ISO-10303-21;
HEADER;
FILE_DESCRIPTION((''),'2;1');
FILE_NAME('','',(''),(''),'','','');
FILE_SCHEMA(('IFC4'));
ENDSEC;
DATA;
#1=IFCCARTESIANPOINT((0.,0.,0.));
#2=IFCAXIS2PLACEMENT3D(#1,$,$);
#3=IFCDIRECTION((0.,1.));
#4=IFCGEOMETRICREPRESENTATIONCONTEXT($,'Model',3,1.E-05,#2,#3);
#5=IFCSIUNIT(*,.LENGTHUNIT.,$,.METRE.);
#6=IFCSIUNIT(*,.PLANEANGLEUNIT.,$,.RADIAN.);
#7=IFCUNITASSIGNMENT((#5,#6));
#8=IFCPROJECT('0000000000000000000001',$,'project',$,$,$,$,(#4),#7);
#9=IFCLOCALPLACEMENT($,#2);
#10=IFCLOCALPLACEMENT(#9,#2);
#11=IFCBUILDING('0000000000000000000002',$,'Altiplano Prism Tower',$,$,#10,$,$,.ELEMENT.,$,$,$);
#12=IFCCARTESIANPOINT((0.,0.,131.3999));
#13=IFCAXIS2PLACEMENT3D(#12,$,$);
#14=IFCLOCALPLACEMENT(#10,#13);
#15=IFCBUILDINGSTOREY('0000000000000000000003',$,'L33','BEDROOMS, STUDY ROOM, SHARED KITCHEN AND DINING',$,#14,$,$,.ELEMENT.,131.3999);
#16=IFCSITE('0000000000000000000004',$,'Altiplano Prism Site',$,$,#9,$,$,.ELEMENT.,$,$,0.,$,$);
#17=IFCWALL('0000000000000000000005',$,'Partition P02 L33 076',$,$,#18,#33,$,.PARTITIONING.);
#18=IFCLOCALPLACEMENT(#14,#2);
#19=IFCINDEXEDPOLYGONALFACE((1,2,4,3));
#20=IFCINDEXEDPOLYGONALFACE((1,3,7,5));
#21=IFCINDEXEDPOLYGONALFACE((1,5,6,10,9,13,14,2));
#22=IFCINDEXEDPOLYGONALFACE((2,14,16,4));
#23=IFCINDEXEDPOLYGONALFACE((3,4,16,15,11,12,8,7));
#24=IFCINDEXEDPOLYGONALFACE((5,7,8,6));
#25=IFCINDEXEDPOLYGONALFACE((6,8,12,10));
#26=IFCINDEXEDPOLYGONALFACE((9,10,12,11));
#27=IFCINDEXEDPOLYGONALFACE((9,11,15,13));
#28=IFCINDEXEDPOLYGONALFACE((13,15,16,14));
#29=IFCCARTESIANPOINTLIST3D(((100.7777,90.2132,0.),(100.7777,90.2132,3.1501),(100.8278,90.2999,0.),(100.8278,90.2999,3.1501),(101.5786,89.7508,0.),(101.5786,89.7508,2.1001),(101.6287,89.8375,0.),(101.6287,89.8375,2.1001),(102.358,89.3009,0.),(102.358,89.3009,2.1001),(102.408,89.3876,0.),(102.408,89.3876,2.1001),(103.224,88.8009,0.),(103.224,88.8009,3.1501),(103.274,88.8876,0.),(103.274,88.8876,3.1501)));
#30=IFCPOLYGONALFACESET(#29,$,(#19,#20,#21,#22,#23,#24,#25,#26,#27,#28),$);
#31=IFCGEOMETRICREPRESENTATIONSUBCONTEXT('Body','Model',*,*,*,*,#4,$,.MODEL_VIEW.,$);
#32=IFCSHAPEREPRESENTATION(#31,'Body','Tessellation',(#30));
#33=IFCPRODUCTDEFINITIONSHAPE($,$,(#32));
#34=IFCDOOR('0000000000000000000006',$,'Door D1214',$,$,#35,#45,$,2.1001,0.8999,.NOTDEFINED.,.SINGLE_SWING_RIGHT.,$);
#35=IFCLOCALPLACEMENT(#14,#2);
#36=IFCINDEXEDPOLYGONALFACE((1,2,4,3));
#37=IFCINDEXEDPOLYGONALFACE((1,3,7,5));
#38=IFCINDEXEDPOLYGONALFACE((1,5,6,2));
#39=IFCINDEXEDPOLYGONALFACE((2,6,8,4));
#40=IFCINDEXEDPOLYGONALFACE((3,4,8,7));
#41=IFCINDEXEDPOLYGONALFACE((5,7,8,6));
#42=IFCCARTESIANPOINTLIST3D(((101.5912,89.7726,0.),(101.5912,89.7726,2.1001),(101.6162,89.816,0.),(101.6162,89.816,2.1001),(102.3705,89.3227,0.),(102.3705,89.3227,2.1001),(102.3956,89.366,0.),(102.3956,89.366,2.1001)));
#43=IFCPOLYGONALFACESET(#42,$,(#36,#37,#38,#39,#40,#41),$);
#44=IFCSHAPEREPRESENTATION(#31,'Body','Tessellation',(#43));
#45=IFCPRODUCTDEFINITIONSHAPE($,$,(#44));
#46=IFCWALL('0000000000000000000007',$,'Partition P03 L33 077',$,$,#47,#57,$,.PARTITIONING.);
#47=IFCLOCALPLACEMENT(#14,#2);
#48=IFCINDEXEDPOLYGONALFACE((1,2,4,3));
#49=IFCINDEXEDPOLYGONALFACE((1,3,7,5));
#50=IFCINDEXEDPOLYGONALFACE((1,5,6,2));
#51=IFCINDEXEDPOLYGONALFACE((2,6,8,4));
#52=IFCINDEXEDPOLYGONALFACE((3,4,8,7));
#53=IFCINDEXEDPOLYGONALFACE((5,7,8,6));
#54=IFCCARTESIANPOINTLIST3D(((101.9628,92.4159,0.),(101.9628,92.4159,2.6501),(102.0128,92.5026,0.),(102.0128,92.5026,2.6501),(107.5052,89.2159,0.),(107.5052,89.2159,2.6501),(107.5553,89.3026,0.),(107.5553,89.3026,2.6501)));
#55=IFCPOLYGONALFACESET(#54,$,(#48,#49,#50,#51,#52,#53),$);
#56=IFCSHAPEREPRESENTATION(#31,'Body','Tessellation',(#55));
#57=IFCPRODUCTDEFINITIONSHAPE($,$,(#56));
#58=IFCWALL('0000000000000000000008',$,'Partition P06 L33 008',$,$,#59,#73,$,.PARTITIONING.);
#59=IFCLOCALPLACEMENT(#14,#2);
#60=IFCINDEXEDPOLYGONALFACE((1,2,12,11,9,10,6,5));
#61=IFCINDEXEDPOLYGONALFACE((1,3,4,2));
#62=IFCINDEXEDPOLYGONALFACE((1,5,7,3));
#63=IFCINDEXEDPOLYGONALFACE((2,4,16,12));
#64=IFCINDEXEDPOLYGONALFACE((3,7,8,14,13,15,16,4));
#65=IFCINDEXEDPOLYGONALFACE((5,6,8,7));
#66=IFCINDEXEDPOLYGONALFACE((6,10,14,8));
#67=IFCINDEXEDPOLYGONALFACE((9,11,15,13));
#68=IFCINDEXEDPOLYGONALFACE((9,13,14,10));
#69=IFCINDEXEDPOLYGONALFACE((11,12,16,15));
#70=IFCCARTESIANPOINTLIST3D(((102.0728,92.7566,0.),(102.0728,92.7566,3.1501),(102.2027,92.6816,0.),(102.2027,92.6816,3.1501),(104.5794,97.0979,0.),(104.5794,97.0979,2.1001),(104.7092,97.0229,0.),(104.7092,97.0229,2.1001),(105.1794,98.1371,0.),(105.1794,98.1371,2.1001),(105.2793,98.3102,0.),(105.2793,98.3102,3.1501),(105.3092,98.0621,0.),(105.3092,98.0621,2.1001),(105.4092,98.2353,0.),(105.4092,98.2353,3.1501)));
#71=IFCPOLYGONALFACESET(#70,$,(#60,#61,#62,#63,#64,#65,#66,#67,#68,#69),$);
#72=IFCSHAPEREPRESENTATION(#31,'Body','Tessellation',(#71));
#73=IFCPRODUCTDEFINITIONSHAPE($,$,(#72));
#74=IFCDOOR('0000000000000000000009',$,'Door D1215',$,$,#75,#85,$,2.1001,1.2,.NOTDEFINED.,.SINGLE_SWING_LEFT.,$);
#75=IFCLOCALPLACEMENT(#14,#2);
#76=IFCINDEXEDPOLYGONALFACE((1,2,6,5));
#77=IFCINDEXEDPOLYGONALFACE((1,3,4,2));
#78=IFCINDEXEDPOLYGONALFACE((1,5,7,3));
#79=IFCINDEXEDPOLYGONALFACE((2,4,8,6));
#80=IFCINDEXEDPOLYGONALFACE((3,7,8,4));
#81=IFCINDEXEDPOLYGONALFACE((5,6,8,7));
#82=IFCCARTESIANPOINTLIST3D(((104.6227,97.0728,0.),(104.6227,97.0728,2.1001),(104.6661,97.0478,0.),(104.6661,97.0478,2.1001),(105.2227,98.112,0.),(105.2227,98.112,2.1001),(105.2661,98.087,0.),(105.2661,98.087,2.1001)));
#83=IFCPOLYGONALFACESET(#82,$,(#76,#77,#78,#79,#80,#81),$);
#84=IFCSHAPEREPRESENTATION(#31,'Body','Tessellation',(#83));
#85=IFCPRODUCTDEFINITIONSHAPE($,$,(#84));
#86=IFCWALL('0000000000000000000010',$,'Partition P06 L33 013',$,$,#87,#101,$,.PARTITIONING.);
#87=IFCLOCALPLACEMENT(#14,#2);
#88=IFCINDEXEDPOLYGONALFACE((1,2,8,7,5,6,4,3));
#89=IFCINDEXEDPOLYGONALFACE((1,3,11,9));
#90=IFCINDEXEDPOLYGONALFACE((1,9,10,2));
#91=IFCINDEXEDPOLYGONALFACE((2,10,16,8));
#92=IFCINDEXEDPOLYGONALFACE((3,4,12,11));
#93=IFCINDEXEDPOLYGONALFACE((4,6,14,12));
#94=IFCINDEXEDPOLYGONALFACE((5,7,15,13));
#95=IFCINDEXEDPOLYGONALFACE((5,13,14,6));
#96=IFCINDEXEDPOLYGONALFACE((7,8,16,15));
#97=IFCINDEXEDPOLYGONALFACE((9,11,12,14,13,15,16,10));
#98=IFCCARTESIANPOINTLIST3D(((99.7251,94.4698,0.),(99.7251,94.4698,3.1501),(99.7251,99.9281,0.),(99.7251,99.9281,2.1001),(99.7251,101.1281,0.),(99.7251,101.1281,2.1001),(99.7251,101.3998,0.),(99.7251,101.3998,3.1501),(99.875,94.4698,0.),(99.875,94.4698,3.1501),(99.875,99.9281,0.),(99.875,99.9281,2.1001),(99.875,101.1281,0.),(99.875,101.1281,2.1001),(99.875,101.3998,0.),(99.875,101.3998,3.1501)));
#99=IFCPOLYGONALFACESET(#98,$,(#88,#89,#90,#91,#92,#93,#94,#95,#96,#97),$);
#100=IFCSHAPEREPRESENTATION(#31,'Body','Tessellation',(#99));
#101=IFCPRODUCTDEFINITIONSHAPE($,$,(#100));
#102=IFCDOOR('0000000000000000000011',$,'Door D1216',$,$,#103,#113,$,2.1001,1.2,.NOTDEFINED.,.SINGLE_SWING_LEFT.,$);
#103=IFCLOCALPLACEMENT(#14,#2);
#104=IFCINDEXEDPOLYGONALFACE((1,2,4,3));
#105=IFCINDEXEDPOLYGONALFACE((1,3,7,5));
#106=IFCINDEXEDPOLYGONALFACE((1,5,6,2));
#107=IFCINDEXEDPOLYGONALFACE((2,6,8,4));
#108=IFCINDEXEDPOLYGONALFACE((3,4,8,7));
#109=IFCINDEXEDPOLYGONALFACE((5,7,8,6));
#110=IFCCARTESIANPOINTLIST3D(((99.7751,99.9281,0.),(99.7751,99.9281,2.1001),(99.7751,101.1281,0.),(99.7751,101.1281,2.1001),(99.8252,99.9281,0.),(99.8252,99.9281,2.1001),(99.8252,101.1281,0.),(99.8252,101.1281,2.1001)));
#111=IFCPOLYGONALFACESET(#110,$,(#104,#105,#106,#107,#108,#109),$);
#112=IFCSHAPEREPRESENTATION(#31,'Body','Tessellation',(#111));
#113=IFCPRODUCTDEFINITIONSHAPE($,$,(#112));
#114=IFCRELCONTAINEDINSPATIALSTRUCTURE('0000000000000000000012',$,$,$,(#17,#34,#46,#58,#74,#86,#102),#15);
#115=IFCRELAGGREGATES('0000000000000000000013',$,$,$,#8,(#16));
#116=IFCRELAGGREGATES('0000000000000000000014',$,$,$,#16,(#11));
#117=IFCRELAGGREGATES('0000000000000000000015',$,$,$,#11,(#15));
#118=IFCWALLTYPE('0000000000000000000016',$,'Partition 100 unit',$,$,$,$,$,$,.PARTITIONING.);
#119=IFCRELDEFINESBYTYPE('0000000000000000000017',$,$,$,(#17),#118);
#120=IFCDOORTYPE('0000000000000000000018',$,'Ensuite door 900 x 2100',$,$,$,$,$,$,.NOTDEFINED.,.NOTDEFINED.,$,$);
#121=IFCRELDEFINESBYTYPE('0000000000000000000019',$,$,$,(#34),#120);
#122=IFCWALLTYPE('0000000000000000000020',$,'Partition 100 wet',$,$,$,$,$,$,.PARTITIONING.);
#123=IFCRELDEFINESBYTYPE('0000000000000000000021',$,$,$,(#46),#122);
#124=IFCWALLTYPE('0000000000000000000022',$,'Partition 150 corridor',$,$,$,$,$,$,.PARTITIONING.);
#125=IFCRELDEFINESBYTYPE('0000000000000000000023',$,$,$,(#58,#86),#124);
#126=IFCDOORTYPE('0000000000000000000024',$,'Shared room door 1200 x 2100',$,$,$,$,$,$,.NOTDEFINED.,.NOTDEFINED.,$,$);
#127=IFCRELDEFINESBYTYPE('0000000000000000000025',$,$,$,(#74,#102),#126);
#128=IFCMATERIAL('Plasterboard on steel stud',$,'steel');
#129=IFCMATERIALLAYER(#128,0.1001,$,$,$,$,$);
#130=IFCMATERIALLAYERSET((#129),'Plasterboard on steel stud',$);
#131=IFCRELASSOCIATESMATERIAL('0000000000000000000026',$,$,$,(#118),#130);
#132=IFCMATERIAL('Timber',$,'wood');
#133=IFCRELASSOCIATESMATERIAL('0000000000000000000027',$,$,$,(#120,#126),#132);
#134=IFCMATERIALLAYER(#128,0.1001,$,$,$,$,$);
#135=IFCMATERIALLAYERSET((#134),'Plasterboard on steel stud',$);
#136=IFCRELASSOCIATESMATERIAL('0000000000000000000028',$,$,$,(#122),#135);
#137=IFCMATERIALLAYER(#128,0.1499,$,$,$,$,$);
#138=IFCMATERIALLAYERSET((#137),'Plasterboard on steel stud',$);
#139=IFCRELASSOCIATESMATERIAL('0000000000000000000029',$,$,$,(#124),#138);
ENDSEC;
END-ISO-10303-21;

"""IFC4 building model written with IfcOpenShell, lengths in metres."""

from ifc_helpers import new_model, si_unit, direction, frame, frame_2d, origin, place, context, subcontext, project, spatial, rectangle, extrude, material, layer, layer_set, type_object, element, fill, save


model = new_model("IFC4")

# Units and contexts
model_context = context("Model", 3, precision=1e-05, world=origin(), true_north=direction((0.0, 1.0)))
body_context = subcontext(model_context, "Body", "Model", "MODEL_VIEW")
ifc_project = project(units=[si_unit("LENGTHUNIT", "METRE"), si_unit("PLANEANGLEUNIT", "RADIAN")], contexts=[model_context])

# Site, building, storey
site_placement = place(None, origin())
site = spatial("IfcSite", under=ifc_project, at=site_placement, Name="Altiplano Prism Site", CompositionType="ELEMENT", RefElevation=0.0)
building_placement = place(site_placement, origin())
building = spatial("IfcBuilding", under=site, at=building_placement, Name="Altiplano Prism Tower", CompositionType="ELEMENT")
storey_placement = place(building_placement, frame((0.0, 0.0, 131.3999)))
storey = spatial("IfcBuildingStorey", under=building, at=storey_placement, Name="L33", Description="BEDROOMS, STUDY ROOM, SHARED KITCHEN AND DINING", CompositionType="ELEMENT", Elevation=131.3999)

# Shared definitions
ifc_material_1 = material(Name="Plasterboard on steel stud", Category="steel")
ifc_layer_1 = layer(ifc_material_1, 0.1001)
ifc_layer_set_1 = layer_set([ifc_layer_1], Name="Plasterboard on steel stud")
wall_type_1 = type_object("IfcWallType", Name="Partition 100 unit", PredefinedType="PARTITIONING", material=ifc_layer_set_1)

# Wall, opening, door
wall_1_placement = place(storey_placement, frame((103.249, 88.8442, 0.0), z_axis=(0.0, 0.0, 1.0), x_axis=(-0.866027, 0.499997, 0.0)))
wall_1 = element("IfcWall", 1, at=wall_1_placement, inside=storey, type_object=wall_type_1, Name="Partition P02 L33 076", PredefinedType="PARTITIONING", context=body_context, shape_type="SweptSolid", body=[
    extrude(rectangle(XDim=2.8247, YDim=0.1001, at=frame_2d((1.4124, 0.0))), origin(), (0.0, 0.0, 1.0), 3.1501),
])
opening_1_placement = place(wall_1_placement, frame((1.0, 0.0, 0.0)))
opening_1 = element("IfcOpeningElement", 2, at=opening_1_placement, cuts=wall_1, PredefinedType="OPENING", context=body_context, shape_type="SweptSolid", body=[
    extrude(rectangle(XDim=0.8999, YDim=2.1001, at=frame_2d((0.45, 1.05))), frame((0.0, 0.0605, 0.0), z_axis=(0.0, -1.0, 0.0), x_axis=(1.0, 0.0, 0.0)), (0.0, 0.0, 1.0), 0.1211),
])
ifc_material_2 = material(Name="Timber", Category="wood")
door_type_1 = type_object("IfcDoorType", Name="Ensuite door 900 x 2100", OperationType="NOTDEFINED", PredefinedType="NOTDEFINED", material=ifc_material_2)
door_1_placement = place(opening_1_placement, origin())
door_1 = element("IfcDoor", 3, at=door_1_placement, inside=storey, type_object=door_type_1, Name="Door D1214", OperationType="SINGLE_SWING_RIGHT", OverallHeight=2.1001, OverallWidth=0.8999, PredefinedType="NOTDEFINED", context=body_context, shape_type="SweptSolid", body=[
    extrude(rectangle(XDim=0.8999, YDim=2.1001, at=frame_2d((0.45, 1.05))), frame((0.0, 0.0249, 0.0), z_axis=(0.0, -1.0, 0.0), x_axis=(1.0, 0.0, 0.0)), (0.0, 0.0, 1.0), 0.05),
])
fill(opening_1, door_1)

# Wall
ifc_layer_2 = layer(ifc_material_1, 0.1001)
ifc_layer_set_2 = layer_set([ifc_layer_2], Name="Plasterboard on steel stud")
wall_type_2 = type_object("IfcWallType", Name="Partition 100 wet", PredefinedType="PARTITIONING", material=ifc_layer_set_2)
wall_2_placement = place(storey_placement, frame((107.5303, 89.2593, 0.0), z_axis=(0.0, 0.0, 1.0), x_axis=(-0.866025, 0.5, 0.0)))
element("IfcWall", 4, at=wall_2_placement, inside=storey, type_object=wall_type_2, Name="Partition P03 L33 077", PredefinedType="PARTITIONING", context=body_context, shape_type="SweptSolid", body=[
    extrude(rectangle(XDim=6.3999, YDim=0.1001, at=frame_2d((3.2, 0.0))), origin(), (0.0, 0.0, 1.0), 2.6501),
])

# Walls, openings, doors
ifc_layer_3 = layer(ifc_material_1, 0.1499)
ifc_layer_set_3 = layer_set([ifc_layer_3], Name="Plasterboard on steel stud")
wall_type_3 = type_object("IfcWallType", Name="Partition 150 corridor", PredefinedType="PARTITIONING", material=ifc_layer_set_3)
wall_3_placement = place(storey_placement, frame((102.1377, 92.719, 0.0), z_axis=(0.0, 0.0, 1.0), x_axis=(0.500012, 0.866018, 0.0)))
wall_3 = element("IfcWall", 5, at=wall_3_placement, inside=storey, type_object=wall_type_3, Name="Partition P06 L33 008", PredefinedType="PARTITIONING", context=body_context, shape_type="SweptSolid", body=[
    extrude(rectangle(XDim=6.4128, YDim=0.1499, at=frame_2d((3.2065, 0.0))), origin(), (0.0, 0.0, 1.0), 3.1501),
])
opening_2_placement = place(wall_3_placement, frame((5.0129, 0.0, 0.0)))
opening_2 = element("IfcOpeningElement", 6, at=opening_2_placement, cuts=wall_3, PredefinedType="OPENING", context=body_context, shape_type="SweptSolid", body=[
    extrude(rectangle(XDim=1.2, YDim=2.1001, at=frame_2d((0.6001, 1.05))), frame((0.0, 0.0854, 0.0), z_axis=(0.0, -1.0, 0.0), x_axis=(1.0, 0.0, 0.0)), (0.0, 0.0, 1.0), 0.1709),
])
door_type_2 = type_object("IfcDoorType", Name="Shared room door 1200 x 2100", OperationType="NOTDEFINED", PredefinedType="NOTDEFINED", material=ifc_material_2)
door_2_placement = place(opening_2_placement, origin())
door_2 = element("IfcDoor", 7, at=door_2_placement, inside=storey, type_object=door_type_2, Name="Door D1215", OperationType="SINGLE_SWING_LEFT", OverallHeight=2.1001, OverallWidth=1.2, PredefinedType="NOTDEFINED", context=body_context, shape_type="SweptSolid", body=[
    extrude(rectangle(XDim=1.2, YDim=2.1001, at=frame_2d((0.6001, 1.05))), frame((0.0, 0.0249, 0.0), z_axis=(0.0, -1.0, 0.0), x_axis=(1.0, 0.0, 0.0)), (0.0, 0.0, 1.0), 0.05),
])
fill(opening_2, door_2)
wall_4_placement = place(storey_placement, frame((99.8, 94.47, 0.0), z_axis=(0.0, 0.0, 1.0), x_axis=(0.0, 1.0, 0.0)))
wall_4 = element("IfcWall", 8, at=wall_4_placement, inside=storey, type_object=wall_type_3, Name="Partition P06 L33 013", PredefinedType="PARTITIONING", context=body_context, shape_type="SweptSolid", body=[
    extrude(rectangle(XDim=6.9299, YDim=0.1499, at=frame_2d((3.4648, 0.0))), origin(), (0.0, 0.0, 1.0), 3.1501),
])
opening_3_placement = place(wall_4_placement, frame((5.458, 0.0, 0.0)))
opening_3 = element("IfcOpeningElement", 9, at=opening_3_placement, cuts=wall_4, PredefinedType="OPENING", context=body_context, shape_type="SweptSolid", body=[
    extrude(rectangle(XDim=1.2, YDim=2.1001, at=frame_2d((0.6001, 1.05))), frame((0.0, 0.0854, 0.0), z_axis=(0.0, -1.0, 0.0), x_axis=(1.0, 0.0, 0.0)), (0.0, 0.0, 1.0), 0.1709),
])
door_3_placement = place(opening_3_placement, origin())
door_3 = element("IfcDoor", 10, at=door_3_placement, inside=storey, type_object=door_type_2, Name="Door D1216", OperationType="SINGLE_SWING_LEFT", OverallHeight=2.1001, OverallWidth=1.2, PredefinedType="NOTDEFINED", context=body_context, shape_type="SweptSolid", body=[
    extrude(rectangle(XDim=1.2, YDim=2.1001, at=frame_2d((0.6001, 1.05))), frame((0.0, 0.0249, 0.0), z_axis=(0.0, -1.0, 0.0), x_axis=(1.0, 0.0, 0.0)), (0.0, 0.0, 1.0), 0.05),
])
fill(opening_3, door_3)

save(model, "model.ifc")
